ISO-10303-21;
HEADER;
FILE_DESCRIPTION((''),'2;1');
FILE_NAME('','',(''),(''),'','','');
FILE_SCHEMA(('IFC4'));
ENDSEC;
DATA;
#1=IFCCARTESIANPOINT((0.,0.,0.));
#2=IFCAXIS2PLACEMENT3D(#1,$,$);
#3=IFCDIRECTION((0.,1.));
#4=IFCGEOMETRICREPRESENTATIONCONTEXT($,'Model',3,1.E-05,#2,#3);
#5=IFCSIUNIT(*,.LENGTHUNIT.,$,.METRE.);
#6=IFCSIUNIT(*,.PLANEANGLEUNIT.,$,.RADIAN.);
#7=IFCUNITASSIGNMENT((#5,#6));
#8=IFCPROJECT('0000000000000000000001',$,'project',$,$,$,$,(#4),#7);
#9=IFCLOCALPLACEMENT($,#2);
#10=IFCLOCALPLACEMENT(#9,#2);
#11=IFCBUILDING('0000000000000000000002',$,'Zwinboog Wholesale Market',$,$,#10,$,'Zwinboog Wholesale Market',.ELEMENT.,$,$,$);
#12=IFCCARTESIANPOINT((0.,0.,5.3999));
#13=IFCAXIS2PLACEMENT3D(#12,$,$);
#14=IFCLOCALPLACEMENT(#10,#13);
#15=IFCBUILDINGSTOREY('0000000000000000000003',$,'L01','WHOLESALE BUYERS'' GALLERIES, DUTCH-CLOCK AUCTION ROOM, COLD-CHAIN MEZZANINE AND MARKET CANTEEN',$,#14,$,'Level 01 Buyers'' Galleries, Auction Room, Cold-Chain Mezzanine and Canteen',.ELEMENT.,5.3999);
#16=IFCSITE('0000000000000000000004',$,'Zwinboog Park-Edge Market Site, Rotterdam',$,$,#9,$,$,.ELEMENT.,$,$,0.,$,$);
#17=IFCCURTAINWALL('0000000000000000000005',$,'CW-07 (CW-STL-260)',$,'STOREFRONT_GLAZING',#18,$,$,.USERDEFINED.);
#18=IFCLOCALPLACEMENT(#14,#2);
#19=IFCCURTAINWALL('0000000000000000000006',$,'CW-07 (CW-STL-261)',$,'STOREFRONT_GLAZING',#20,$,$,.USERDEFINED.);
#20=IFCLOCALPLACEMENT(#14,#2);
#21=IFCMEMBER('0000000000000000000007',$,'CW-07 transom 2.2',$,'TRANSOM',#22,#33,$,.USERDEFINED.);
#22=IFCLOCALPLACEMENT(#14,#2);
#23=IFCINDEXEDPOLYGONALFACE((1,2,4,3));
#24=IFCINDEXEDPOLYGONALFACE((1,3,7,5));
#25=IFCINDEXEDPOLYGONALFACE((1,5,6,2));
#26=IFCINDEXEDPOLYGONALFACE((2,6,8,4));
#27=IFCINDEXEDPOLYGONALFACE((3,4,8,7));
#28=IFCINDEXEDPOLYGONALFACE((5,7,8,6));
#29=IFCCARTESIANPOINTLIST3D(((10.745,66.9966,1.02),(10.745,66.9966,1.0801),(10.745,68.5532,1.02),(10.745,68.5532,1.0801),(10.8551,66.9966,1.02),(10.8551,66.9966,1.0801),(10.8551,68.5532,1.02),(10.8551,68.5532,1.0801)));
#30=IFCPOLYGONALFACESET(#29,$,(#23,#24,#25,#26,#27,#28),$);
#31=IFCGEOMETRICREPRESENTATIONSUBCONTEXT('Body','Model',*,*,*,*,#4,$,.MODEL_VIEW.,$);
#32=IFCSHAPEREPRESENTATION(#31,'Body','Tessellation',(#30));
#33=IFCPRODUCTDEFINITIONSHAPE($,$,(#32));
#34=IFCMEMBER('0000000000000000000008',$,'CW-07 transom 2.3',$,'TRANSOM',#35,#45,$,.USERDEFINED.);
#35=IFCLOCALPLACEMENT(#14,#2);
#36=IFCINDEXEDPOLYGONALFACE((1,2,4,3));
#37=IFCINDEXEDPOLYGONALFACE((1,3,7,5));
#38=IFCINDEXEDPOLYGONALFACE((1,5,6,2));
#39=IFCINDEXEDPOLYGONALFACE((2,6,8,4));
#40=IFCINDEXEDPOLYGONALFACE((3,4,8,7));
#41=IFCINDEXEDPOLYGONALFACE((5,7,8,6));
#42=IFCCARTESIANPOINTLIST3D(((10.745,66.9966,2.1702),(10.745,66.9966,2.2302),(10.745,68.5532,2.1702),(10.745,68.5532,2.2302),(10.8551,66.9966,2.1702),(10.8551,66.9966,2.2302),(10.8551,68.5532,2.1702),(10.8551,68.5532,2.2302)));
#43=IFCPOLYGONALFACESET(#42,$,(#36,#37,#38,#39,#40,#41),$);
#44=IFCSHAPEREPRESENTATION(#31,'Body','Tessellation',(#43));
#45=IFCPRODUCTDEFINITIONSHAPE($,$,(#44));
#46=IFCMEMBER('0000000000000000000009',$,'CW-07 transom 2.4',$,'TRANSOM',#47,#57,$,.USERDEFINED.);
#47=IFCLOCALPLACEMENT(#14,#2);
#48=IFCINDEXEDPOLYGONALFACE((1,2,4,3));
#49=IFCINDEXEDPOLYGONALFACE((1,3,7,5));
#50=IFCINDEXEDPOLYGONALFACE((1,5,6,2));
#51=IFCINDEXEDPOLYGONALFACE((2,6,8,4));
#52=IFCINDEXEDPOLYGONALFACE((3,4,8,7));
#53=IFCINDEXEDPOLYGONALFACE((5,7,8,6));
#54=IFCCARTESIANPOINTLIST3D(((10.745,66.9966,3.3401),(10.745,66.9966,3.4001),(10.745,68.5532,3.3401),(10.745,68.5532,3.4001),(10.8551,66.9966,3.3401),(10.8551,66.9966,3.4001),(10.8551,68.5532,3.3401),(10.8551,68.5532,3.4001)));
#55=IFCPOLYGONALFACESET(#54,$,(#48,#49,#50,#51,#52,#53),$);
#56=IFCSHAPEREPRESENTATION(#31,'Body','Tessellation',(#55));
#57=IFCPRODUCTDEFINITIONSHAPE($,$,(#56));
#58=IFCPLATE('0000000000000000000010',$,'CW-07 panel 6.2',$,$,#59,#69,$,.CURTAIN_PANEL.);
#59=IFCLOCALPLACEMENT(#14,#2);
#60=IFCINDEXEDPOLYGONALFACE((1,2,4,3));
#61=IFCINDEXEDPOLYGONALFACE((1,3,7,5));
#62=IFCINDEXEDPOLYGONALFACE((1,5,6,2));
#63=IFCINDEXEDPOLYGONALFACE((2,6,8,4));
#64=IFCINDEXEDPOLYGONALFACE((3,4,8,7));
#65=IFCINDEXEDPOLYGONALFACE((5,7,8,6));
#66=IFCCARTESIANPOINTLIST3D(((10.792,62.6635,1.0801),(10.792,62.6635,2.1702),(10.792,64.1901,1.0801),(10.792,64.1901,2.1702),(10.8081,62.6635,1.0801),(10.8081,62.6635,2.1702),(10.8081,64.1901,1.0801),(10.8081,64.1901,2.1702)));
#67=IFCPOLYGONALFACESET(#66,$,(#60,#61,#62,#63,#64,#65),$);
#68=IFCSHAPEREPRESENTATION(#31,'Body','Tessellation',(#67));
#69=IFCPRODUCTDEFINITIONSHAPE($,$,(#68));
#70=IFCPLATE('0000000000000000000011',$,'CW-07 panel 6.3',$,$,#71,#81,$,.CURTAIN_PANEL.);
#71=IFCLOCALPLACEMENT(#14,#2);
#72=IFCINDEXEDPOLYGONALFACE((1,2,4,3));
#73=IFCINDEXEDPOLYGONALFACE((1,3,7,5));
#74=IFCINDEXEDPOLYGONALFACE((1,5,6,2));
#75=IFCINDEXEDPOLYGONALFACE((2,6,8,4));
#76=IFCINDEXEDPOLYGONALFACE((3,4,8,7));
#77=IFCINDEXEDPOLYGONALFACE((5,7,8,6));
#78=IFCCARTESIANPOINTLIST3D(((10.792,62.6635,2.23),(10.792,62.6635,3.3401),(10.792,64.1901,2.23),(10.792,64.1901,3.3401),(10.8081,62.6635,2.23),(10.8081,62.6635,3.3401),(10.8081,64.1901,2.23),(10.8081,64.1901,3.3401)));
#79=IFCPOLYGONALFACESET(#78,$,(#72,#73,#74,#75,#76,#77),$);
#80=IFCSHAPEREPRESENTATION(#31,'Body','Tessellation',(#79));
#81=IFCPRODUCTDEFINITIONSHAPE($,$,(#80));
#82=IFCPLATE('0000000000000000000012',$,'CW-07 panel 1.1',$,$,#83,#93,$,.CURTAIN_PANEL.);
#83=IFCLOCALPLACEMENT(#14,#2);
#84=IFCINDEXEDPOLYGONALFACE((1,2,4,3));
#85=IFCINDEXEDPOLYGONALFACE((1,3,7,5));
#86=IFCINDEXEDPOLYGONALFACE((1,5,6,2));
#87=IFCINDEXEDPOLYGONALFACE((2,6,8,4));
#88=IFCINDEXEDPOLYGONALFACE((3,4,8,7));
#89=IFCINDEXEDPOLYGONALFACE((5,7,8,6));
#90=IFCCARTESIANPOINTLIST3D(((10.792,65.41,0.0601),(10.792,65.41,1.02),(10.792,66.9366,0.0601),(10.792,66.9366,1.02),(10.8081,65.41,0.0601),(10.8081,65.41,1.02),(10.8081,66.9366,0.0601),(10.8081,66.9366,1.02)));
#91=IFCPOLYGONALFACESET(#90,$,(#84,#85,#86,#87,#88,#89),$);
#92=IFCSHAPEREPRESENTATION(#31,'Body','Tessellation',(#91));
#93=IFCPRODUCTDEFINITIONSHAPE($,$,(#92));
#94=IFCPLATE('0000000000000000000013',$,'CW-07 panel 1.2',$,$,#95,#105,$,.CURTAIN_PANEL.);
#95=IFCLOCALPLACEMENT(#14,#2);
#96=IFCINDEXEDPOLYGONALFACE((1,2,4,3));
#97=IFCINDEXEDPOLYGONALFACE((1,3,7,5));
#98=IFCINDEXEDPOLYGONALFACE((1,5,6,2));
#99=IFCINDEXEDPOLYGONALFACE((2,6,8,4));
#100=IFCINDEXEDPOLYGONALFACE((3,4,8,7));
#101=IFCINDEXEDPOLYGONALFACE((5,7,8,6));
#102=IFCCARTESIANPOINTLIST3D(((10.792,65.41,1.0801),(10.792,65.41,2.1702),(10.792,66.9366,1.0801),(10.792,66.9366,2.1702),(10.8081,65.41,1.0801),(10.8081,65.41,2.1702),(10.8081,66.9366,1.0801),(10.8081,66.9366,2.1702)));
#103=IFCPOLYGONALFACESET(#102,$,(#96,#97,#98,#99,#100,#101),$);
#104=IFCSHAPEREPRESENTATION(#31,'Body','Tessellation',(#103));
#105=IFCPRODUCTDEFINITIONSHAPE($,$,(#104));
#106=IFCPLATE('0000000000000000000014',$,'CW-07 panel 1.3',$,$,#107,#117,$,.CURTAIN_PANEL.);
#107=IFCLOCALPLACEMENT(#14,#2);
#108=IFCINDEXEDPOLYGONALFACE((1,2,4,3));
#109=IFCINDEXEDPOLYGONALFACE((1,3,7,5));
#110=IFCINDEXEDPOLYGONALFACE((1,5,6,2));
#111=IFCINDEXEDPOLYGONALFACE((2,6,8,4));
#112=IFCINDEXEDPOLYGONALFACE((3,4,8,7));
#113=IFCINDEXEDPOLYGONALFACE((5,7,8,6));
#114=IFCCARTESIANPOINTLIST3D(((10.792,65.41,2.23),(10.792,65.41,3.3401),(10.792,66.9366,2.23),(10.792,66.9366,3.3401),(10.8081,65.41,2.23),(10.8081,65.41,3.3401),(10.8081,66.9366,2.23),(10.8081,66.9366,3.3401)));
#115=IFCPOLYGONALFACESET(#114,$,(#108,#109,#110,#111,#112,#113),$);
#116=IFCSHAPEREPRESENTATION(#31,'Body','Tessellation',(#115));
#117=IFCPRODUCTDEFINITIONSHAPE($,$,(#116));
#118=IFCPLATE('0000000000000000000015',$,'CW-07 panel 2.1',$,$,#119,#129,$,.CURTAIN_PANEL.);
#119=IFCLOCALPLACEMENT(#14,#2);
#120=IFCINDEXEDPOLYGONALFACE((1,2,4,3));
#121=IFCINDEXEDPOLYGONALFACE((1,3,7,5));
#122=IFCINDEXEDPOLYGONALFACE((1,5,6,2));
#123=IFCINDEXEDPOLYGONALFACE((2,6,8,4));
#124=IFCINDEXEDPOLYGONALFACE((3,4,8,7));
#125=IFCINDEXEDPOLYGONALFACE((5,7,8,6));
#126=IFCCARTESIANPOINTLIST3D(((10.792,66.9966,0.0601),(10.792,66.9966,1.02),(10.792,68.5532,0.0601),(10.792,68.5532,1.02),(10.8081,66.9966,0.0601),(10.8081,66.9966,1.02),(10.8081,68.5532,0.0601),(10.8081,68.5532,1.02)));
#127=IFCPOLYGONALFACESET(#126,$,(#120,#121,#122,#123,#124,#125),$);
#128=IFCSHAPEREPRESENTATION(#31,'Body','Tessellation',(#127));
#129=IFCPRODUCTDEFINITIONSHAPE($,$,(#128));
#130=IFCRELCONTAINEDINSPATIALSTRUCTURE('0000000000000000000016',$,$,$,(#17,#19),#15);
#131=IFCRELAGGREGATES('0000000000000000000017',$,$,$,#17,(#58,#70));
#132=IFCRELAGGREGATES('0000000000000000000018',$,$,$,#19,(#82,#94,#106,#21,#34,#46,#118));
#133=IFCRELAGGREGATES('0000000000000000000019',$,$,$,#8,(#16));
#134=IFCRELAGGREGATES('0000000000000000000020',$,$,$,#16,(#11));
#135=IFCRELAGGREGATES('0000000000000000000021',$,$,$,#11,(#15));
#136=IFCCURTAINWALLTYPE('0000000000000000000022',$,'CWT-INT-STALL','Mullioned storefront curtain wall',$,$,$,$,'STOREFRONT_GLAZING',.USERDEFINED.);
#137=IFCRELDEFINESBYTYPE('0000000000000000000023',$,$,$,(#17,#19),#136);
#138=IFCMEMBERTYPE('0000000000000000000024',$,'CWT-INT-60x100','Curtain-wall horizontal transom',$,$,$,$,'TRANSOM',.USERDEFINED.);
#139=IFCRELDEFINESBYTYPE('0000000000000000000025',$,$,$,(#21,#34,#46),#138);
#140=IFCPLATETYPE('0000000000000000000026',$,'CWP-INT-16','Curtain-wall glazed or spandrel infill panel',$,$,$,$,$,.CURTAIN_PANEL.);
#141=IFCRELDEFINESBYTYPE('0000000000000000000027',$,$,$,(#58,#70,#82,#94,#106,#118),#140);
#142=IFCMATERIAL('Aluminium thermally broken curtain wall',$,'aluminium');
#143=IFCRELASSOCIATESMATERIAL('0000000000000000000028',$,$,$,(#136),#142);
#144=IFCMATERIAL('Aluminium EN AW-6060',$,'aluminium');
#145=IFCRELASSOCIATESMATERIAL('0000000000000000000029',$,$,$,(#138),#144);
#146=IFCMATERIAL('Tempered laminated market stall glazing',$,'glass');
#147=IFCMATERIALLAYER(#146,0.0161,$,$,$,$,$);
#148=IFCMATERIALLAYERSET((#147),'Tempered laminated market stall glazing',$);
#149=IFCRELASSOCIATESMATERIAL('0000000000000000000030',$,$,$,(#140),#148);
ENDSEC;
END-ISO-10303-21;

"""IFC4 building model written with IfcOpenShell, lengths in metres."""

from ifc_helpers import new_model, si_unit, direction, frame, origin, origin_2d, place, context, subcontext, project, spatial, rectangle, extrude, material, layer, layer_set, material_profile, profile_set, type_object, element, aggregate, save


model = new_model("IFC4")

# Units and contexts
model_context = context("Model", 3, precision=1e-05, world=origin(), true_north=direction((0.0, 1.0)))
body_context = subcontext(model_context, "Body", "Model", "MODEL_VIEW")
ifc_project = project(units=[si_unit("LENGTHUNIT", "METRE"), si_unit("PLANEANGLEUNIT", "RADIAN")], contexts=[model_context])

# Site, building, storey
site_placement = place(None, origin())
site = spatial("IfcSite", under=ifc_project, at=site_placement, Name="Zwinboog Park-Edge Market Site, Rotterdam", CompositionType="ELEMENT", RefElevation=0.0)
building_placement = place(site_placement, origin())
building = spatial("IfcBuilding", under=site, at=building_placement, Name="Zwinboog Wholesale Market", LongName="Zwinboog Wholesale Market", CompositionType="ELEMENT")
storey_placement = place(building_placement, frame((0.0, 0.0, 5.3999)))
storey = spatial("IfcBuildingStorey", under=building, at=storey_placement, Name="L01", Description="WHOLESALE BUYERS' GALLERIES, DUTCH-CLOCK AUCTION ROOM, COLD-CHAIN MEZZANINE AND MARKET CANTEEN", LongName="Level 01 Buyers' Galleries, Auction Room, Cold-Chain Mezzanine and Canteen", CompositionType="ELEMENT", Elevation=5.3999)

# Curtain wall
ifc_material_1 = material(Name="Aluminium thermally broken curtain wall", Category="aluminium")
curtain_wall_type = type_object("IfcCurtainWallType", Name="CWT-INT-STALL", Description="Mullioned storefront curtain wall", ElementType="STOREFRONT_GLAZING", PredefinedType="USERDEFINED", material=ifc_material_1)
curtain_wall_1_placement = place(storey_placement, origin())
curtain_wall_1 = element("IfcCurtainWall", 1, at=curtain_wall_1_placement, inside=storey, type_object=curtain_wall_type, Name="CW-07 (CW-STL-260)", ObjectType="STOREFRONT_GLAZING", PredefinedType="USERDEFINED")
ifc_material_2 = material(Name="Aluminium EN AW-6060", Category="aluminium")

# Curtain wall, members
curtain_wall_2_placement = place(storey_placement, origin())
curtain_wall_2 = element("IfcCurtainWall", 2, at=curtain_wall_2_placement, inside=storey, type_object=curtain_wall_type, Name="CW-07 (CW-STL-261)", ObjectType="STOREFRONT_GLAZING", PredefinedType="USERDEFINED")
ifc_material_profile_1 = material_profile(ifc_material_2, rectangle(XDim=0.1101, YDim=0.0601, at=origin_2d()), Name="AL 60x110")
ifc_profile_set_1 = profile_set([ifc_material_profile_1], Name="Aluminium EN AW-6060")
member_type_1 = type_object("IfcMemberType", Name="CWT-INT-60x100", Description="Curtain-wall horizontal transom", ElementType="TRANSOM", PredefinedType="USERDEFINED", material=ifc_profile_set_1)
member_1_placement = place(storey_placement, frame((10.8, 66.9966, 1.05), z_axis=(0.0, 1.0, 0.0), x_axis=(-1.0, 0.0, 0.0)))
member_1 = element("IfcMember", 3, at=member_1_placement, type_object=member_type_1, Name="CW-07 transom 2.2", ObjectType="TRANSOM", PredefinedType="USERDEFINED", context=body_context, shape_type="SweptSolid", body=[
    extrude(rectangle(XDim=0.1101, YDim=0.0601, at=origin_2d()), origin(), (0.0, 0.0, 1.0), 1.5566),
])
member_2_placement = place(storey_placement, frame((10.8, 66.9966, 2.2002), z_axis=(0.0, 1.0, 0.0), x_axis=(-1.0, 0.0, 0.0)))
member_2 = element("IfcMember", 4, at=member_2_placement, type_object=member_type_1, Name="CW-07 transom 2.3", ObjectType="TRANSOM", PredefinedType="USERDEFINED", context=body_context, shape_type="SweptSolid", body=[
    extrude(rectangle(XDim=0.1101, YDim=0.0601, at=origin_2d()), origin(), (0.0, 0.0, 1.0), 1.5566),
])
member_3_placement = place(storey_placement, frame((10.8, 66.9966, 3.3701), z_axis=(0.0, 1.0, 0.0), x_axis=(-1.0, 0.0, 0.0)))
member_3 = element("IfcMember", 5, at=member_3_placement, type_object=member_type_1, Name="CW-07 transom 2.4", ObjectType="TRANSOM", PredefinedType="USERDEFINED", context=body_context, shape_type="SweptSolid", body=[
    extrude(rectangle(XDim=0.1101, YDim=0.0601, at=origin_2d()), origin(), (0.0, 0.0, 1.0), 1.5566),
])

# Plates
ifc_material_3 = material(Name="Tempered laminated market stall glazing", Category="glass")
ifc_layer = layer(ifc_material_3, 0.0161)
ifc_layer_set = layer_set([ifc_layer], Name="Tempered laminated market stall glazing")
plate_type = type_object("IfcPlateType", Name="CWP-INT-16", Description="Curtain-wall glazed or spandrel infill panel", PredefinedType="CURTAIN_PANEL", material=ifc_layer_set)
plate_1_placement = place(storey_placement, frame((10.8, 63.4268, 1.0801), z_axis=(0.0, 0.0, 1.0), x_axis=(0.0, 1.0, 0.0)))
plate_1 = element("IfcPlate", 6, at=plate_1_placement, type_object=plate_type, Name="CW-07 panel 6.2", PredefinedType="CURTAIN_PANEL", context=body_context, shape_type="SweptSolid", body=[
    extrude(rectangle(XDim=1.5266, YDim=0.0161, at=origin_2d()), origin(), (0.0, 0.0, 1.0), 1.0901),
])
plate_2_placement = place(storey_placement, frame((10.8, 63.4268, 2.23), z_axis=(0.0, 0.0, 1.0), x_axis=(0.0, 1.0, 0.0)))
plate_2 = element("IfcPlate", 7, at=plate_2_placement, type_object=plate_type, Name="CW-07 panel 6.3", PredefinedType="CURTAIN_PANEL", context=body_context, shape_type="SweptSolid", body=[
    extrude(rectangle(XDim=1.5266, YDim=0.0161, at=origin_2d()), origin(), (0.0, 0.0, 1.0), 1.1101),
])
aggregate(curtain_wall_1, [plate_1, plate_2])
plate_3_placement = place(storey_placement, frame((10.8, 66.1733, 0.0601), z_axis=(0.0, 0.0, 1.0), x_axis=(0.0, 1.0, 0.0)))
plate_3 = element("IfcPlate", 8, at=plate_3_placement, type_object=plate_type, Name="CW-07 panel 1.1", PredefinedType="CURTAIN_PANEL", context=body_context, shape_type="SweptSolid", body=[
    extrude(rectangle(XDim=1.5266, YDim=0.0161, at=origin_2d()), origin(), (0.0, 0.0, 1.0), 0.96),
])
plate_4_placement = place(storey_placement, frame((10.8, 66.1733, 1.0801), z_axis=(0.0, 0.0, 1.0), x_axis=(0.0, 1.0, 0.0)))
plate_4 = element("IfcPlate", 9, at=plate_4_placement, type_object=plate_type, Name="CW-07 panel 1.2", PredefinedType="CURTAIN_PANEL", context=body_context, shape_type="SweptSolid", body=[
    extrude(rectangle(XDim=1.5266, YDim=0.0161, at=origin_2d()), origin(), (0.0, 0.0, 1.0), 1.0901),
])
plate_5_placement = place(storey_placement, frame((10.8, 66.1733, 2.23), z_axis=(0.0, 0.0, 1.0), x_axis=(0.0, 1.0, 0.0)))
plate_5 = element("IfcPlate", 10, at=plate_5_placement, type_object=plate_type, Name="CW-07 panel 1.3", PredefinedType="CURTAIN_PANEL", context=body_context, shape_type="SweptSolid", body=[
    extrude(rectangle(XDim=1.5266, YDim=0.0161, at=origin_2d()), origin(), (0.0, 0.0, 1.0), 1.1101),
])
plate_6_placement = place(storey_placement, frame((10.8, 67.7749, 0.0601), z_axis=(0.0, 0.0, 1.0), x_axis=(0.0, 1.0, 0.0)))
plate_6 = element("IfcPlate", 11, at=plate_6_placement, type_object=plate_type, Name="CW-07 panel 2.1", PredefinedType="CURTAIN_PANEL", context=body_context, shape_type="SweptSolid", body=[
    extrude(rectangle(XDim=1.5566, YDim=0.0161, at=origin_2d()), origin(), (0.0, 0.0, 1.0), 0.96),
])
aggregate(curtain_wall_2, [plate_3, plate_4, plate_5, member_1, member_2, member_3, plate_6])

save(model, "model.ifc")
